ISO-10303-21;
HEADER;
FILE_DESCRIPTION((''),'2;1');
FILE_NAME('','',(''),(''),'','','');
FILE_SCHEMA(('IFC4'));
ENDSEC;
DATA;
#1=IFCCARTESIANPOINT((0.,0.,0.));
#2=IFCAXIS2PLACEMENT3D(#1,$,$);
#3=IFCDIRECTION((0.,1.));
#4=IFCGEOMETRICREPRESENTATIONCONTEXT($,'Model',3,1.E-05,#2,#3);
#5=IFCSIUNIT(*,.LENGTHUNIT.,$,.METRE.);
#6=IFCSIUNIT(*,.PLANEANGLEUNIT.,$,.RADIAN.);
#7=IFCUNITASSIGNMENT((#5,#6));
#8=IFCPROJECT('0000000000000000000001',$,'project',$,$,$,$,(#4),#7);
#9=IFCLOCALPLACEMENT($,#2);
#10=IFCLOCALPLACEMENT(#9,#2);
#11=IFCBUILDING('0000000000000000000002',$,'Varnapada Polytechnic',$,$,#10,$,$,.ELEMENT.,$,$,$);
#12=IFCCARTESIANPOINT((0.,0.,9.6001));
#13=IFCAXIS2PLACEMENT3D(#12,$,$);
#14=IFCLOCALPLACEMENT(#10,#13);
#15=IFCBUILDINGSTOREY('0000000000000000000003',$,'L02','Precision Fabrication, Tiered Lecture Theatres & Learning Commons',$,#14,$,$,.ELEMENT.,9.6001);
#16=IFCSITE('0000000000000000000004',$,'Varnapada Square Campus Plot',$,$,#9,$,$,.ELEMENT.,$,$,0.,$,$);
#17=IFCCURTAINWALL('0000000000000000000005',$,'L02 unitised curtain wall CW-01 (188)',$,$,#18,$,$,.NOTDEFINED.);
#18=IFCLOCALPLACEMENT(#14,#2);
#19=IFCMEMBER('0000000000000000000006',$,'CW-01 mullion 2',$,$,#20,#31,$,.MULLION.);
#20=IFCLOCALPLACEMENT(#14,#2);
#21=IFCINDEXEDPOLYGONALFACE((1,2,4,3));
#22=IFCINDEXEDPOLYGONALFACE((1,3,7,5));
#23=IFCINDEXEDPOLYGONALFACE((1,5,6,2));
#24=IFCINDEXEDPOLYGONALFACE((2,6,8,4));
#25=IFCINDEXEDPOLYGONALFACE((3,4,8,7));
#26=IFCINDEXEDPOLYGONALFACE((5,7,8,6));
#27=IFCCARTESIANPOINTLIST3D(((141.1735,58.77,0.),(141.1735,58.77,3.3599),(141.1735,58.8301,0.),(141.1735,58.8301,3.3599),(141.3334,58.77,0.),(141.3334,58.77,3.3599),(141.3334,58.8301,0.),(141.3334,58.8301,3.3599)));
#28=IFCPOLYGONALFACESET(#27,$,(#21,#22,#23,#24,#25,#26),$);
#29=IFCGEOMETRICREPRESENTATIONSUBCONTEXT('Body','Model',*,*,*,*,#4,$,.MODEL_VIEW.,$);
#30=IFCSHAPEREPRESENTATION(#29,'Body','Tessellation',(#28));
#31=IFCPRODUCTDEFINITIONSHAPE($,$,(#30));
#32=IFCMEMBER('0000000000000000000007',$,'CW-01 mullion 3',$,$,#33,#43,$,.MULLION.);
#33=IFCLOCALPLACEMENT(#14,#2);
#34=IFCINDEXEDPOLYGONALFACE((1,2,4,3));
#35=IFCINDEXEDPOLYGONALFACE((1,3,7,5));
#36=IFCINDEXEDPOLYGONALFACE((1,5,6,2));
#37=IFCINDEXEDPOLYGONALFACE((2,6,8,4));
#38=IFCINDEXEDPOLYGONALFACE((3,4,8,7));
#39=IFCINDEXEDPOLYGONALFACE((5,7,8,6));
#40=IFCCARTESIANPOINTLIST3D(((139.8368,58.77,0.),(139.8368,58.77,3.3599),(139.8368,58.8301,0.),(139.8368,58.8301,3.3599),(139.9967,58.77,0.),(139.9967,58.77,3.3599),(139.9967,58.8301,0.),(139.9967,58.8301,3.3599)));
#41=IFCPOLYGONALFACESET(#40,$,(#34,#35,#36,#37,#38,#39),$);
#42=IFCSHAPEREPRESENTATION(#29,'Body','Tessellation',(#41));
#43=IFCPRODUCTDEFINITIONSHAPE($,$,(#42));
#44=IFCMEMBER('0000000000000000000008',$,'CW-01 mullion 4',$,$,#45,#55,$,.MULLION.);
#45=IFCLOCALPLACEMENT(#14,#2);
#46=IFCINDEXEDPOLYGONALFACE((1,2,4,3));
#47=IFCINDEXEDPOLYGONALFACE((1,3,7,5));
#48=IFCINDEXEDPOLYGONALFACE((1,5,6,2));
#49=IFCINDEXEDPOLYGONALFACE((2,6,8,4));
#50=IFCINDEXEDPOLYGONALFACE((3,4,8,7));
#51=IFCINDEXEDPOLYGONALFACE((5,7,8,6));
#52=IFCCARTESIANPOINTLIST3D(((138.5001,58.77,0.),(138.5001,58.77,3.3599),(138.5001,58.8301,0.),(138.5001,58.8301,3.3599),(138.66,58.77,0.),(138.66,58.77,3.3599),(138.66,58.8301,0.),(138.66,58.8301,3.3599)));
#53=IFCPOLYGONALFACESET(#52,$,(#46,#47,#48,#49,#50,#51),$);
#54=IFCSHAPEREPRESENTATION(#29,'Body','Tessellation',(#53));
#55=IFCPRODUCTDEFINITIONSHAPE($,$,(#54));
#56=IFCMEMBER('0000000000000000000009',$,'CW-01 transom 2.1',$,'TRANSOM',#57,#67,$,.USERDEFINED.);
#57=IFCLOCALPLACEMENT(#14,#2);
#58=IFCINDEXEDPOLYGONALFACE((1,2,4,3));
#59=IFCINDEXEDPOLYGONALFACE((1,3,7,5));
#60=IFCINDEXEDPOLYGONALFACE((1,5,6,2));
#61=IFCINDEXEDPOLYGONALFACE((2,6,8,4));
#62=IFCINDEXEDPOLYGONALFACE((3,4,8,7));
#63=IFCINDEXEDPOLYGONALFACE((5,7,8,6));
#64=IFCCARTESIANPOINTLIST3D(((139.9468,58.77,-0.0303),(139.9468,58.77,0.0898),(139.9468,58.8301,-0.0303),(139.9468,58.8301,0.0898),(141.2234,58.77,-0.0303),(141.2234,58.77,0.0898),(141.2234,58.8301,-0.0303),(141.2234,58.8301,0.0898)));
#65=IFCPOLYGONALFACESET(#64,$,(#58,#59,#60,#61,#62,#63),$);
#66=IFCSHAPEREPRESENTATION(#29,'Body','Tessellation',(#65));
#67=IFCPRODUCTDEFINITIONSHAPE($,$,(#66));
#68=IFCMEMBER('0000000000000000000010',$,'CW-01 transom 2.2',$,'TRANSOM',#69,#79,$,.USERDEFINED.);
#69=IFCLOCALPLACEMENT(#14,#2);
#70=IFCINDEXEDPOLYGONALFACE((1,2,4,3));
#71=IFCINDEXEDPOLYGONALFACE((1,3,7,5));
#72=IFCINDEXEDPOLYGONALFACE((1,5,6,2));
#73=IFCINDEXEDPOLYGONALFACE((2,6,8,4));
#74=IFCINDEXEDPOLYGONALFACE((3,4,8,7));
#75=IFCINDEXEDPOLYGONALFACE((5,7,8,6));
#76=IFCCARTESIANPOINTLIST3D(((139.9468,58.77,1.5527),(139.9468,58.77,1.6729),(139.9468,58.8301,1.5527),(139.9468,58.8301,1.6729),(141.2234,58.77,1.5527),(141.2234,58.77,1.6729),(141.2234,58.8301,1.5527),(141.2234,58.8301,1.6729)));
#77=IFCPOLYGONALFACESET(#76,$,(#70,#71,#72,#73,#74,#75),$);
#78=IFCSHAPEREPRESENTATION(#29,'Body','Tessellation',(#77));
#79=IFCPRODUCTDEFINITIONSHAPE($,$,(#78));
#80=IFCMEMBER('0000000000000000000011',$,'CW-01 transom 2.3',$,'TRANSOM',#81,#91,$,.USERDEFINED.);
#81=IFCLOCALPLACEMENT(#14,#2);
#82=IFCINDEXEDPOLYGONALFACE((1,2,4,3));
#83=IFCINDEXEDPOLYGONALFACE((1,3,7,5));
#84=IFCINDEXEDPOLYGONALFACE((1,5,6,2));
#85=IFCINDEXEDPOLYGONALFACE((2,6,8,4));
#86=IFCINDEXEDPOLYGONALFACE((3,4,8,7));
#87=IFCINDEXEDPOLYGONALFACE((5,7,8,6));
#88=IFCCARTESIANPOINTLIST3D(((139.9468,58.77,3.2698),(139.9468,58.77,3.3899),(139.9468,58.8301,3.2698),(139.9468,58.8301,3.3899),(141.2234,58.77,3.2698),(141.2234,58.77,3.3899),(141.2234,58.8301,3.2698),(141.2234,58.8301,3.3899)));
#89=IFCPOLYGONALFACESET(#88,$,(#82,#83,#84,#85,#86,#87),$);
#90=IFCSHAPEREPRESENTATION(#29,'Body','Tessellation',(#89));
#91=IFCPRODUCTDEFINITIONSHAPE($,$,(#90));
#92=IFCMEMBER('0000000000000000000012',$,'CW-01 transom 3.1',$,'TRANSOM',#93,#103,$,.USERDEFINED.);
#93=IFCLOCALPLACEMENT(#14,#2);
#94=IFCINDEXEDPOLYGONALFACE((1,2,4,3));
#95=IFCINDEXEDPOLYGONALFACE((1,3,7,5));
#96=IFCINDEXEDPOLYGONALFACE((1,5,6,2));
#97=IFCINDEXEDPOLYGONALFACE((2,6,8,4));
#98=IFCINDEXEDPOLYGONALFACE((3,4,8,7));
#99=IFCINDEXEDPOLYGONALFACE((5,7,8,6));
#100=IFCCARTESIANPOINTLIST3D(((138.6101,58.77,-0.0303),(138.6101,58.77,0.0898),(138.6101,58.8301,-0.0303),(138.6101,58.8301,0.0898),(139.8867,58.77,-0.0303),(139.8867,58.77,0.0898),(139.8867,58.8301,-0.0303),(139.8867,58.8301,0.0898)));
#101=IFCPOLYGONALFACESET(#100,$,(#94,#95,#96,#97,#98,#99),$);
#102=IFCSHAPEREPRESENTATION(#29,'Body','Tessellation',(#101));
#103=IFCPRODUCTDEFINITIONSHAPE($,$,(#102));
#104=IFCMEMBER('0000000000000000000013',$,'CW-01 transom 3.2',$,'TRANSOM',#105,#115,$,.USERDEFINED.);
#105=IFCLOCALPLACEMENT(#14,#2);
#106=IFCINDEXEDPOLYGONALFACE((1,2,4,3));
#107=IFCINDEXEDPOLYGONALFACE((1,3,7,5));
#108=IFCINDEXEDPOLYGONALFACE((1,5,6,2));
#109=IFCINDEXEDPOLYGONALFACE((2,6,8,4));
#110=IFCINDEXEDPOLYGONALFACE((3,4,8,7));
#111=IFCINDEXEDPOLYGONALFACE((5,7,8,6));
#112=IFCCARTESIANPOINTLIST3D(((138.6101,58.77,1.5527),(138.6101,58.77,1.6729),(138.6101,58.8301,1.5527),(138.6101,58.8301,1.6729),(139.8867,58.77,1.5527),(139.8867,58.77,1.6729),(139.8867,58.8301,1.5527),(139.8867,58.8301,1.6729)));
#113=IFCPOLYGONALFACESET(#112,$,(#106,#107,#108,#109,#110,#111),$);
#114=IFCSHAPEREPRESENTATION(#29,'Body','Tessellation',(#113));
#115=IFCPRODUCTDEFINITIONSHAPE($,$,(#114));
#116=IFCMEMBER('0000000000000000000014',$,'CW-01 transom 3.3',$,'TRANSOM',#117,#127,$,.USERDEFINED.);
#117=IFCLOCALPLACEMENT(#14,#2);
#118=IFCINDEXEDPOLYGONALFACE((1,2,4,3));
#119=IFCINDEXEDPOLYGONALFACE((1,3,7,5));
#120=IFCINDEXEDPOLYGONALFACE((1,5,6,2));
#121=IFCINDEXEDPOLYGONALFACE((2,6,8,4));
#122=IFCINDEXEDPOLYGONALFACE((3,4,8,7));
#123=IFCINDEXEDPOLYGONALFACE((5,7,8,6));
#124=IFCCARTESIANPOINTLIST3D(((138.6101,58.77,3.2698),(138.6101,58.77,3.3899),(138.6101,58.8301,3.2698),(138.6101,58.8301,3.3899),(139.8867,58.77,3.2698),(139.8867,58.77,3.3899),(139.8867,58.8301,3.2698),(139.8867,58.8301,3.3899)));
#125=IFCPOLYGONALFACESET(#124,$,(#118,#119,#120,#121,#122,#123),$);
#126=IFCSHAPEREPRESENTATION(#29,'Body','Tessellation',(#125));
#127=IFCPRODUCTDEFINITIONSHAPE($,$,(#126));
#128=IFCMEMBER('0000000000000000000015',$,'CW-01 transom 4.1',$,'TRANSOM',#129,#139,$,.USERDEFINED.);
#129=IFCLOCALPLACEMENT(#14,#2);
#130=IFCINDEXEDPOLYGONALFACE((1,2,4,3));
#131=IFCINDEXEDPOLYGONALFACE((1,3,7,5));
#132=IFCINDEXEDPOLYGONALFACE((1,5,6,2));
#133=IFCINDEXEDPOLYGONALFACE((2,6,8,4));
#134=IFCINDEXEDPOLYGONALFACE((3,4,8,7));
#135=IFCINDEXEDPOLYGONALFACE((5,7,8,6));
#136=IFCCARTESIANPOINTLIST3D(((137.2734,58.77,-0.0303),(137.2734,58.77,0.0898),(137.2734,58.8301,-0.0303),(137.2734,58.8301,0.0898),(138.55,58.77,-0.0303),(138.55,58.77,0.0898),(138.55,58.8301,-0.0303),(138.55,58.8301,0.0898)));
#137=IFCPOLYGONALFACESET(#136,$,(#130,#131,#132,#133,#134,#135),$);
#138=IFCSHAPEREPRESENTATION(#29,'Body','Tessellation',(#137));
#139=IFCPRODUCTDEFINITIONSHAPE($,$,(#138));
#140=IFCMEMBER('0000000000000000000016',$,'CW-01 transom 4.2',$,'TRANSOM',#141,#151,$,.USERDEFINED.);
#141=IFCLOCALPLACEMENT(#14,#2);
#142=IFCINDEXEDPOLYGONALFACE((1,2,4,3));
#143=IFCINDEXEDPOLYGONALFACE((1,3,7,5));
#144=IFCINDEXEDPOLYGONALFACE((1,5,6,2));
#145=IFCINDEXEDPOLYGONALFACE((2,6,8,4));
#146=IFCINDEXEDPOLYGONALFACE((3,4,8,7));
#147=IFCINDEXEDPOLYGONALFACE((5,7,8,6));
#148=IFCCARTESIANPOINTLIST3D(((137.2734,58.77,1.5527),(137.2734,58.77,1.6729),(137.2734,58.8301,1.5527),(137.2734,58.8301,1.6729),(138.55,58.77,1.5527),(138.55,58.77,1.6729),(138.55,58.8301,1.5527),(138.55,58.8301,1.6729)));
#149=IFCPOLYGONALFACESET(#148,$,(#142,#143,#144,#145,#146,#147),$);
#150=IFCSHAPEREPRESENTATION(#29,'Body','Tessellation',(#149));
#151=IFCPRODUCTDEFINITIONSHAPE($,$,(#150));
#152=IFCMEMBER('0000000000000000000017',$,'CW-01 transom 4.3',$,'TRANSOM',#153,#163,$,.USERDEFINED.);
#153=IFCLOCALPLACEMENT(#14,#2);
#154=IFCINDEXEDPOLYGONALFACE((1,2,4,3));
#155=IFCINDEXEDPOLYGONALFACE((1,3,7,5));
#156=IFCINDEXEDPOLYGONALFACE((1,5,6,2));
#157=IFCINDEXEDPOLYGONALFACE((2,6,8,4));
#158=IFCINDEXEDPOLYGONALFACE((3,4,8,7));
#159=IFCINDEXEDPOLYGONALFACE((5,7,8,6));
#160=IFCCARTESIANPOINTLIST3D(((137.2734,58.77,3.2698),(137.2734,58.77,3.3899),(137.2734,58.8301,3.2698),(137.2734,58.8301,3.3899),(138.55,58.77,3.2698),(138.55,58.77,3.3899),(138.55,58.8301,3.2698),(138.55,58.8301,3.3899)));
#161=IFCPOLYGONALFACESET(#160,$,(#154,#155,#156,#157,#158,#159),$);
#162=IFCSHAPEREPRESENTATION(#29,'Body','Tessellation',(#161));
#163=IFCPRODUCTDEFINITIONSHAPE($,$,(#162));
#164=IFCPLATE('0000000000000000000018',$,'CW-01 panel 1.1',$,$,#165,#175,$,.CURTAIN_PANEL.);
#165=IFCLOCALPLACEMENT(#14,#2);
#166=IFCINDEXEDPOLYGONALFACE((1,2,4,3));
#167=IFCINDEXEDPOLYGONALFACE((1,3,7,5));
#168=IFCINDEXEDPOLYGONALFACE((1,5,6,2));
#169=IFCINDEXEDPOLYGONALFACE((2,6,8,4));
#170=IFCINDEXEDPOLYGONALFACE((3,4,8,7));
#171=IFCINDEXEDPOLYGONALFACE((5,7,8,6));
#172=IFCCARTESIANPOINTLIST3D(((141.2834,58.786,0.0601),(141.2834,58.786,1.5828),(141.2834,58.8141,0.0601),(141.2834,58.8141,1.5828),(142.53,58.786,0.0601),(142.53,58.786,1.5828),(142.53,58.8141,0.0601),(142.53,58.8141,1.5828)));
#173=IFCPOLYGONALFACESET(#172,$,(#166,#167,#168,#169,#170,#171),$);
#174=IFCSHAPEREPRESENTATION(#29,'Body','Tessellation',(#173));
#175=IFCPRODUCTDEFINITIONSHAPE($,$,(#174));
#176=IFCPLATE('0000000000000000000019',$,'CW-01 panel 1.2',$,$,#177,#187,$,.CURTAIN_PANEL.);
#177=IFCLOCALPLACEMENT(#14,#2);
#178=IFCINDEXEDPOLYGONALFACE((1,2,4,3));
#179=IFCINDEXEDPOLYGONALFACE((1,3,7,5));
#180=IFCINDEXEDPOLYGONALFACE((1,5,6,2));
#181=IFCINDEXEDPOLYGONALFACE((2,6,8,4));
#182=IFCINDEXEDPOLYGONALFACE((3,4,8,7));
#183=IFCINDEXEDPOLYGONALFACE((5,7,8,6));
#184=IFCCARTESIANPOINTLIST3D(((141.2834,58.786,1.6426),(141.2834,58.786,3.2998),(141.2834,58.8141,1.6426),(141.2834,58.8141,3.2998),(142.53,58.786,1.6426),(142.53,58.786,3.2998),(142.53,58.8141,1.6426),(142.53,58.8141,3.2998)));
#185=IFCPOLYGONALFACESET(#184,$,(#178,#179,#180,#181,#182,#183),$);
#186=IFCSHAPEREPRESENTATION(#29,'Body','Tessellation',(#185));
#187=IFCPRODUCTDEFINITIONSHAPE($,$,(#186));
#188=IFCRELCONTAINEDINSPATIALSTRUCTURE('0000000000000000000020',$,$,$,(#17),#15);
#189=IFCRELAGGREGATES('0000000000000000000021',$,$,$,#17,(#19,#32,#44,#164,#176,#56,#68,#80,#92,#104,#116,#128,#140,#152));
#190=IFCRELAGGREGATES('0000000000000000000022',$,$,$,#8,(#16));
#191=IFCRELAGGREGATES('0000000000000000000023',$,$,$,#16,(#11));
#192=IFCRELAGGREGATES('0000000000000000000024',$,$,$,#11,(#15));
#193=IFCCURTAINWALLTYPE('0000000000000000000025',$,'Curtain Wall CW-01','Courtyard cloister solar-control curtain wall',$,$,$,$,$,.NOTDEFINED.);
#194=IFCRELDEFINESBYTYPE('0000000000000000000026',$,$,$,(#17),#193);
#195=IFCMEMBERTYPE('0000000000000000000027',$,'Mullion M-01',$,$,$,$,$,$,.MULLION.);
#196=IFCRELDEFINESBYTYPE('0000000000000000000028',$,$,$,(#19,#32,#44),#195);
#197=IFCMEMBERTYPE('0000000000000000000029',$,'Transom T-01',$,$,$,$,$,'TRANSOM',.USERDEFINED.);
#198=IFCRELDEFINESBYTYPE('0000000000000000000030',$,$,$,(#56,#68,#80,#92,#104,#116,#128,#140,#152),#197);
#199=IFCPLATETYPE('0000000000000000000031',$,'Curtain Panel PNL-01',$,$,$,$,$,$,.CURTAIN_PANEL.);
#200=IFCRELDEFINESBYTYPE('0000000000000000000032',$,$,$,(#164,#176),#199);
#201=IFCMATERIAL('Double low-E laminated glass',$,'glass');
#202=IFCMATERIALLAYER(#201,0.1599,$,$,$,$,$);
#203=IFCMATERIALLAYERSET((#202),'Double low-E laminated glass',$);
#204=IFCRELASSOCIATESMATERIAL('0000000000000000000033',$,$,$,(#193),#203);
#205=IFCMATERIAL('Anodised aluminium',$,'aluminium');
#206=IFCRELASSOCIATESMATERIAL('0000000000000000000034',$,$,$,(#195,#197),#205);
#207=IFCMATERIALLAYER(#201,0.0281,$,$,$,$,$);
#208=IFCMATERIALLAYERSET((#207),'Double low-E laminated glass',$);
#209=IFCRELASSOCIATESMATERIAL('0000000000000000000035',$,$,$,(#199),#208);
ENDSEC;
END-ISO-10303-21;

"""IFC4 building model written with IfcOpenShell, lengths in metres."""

from ifc_helpers import new_model, si_unit, direction, frame, origin, origin_2d, place, context, subcontext, project, spatial, rectangle, extrude, material, layer, layer_set, material_profile, profile_set, type_object, element, aggregate, save


model = new_model("IFC4")

# Units and contexts
model_context = context("Model", 3, precision=1e-05, world=origin(), true_north=direction((0.0, 1.0)))
body_context = subcontext(model_context, "Body", "Model", "MODEL_VIEW")
ifc_project = project(units=[si_unit("LENGTHUNIT", "METRE"), si_unit("PLANEANGLEUNIT", "RADIAN")], contexts=[model_context])

# Site, building, storey
site_placement = place(None, origin())
site = spatial("IfcSite", under=ifc_project, at=site_placement, Name="Varnapada Square Campus Plot", CompositionType="ELEMENT", RefElevation=0.0)
building_placement = place(site_placement, origin())
building = spatial("IfcBuilding", under=site, at=building_placement, Name="Varnapada Polytechnic", CompositionType="ELEMENT")
storey_placement = place(building_placement, frame((0.0, 0.0, 9.6001)))
storey = spatial("IfcBuildingStorey", under=building, at=storey_placement, Name="L02", Description="Precision Fabrication, Tiered Lecture Theatres & Learning Commons", CompositionType="ELEMENT", Elevation=9.6001)

# Curtain wall, members, plates
ifc_material_1 = material(Name="Double low-E laminated glass", Category="glass")
ifc_layer_1 = layer(ifc_material_1, 0.1599)
ifc_layer_set_1 = layer_set([ifc_layer_1], Name="Double low-E laminated glass")
curtain_wall_type = type_object("IfcCurtainWallType", Name="Curtain Wall CW-01", Description="Courtyard cloister solar-control curtain wall", PredefinedType="NOTDEFINED", material=ifc_layer_set_1)
curtain_wall_placement = place(storey_placement, origin())
curtain_wall = element("IfcCurtainWall", 1, at=curtain_wall_placement, inside=storey, type_object=curtain_wall_type, Name="L02 unitised curtain wall CW-01 (188)", PredefinedType="NOTDEFINED")
ifc_material_2 = material(Name="Anodised aluminium", Category="aluminium")
ifc_material_profile_1 = material_profile(ifc_material_2, rectangle(XDim=0.0601, YDim=0.1599, at=origin_2d()), Name="ALU M60x160")
ifc_profile_set_1 = profile_set([ifc_material_profile_1], Name="Anodised aluminium")
member_type_1 = type_object("IfcMemberType", Name="Mullion M-01", PredefinedType="MULLION", material=ifc_profile_set_1)
member_1_placement = place(storey_placement, frame((141.2534, 58.8, 0.0), z_axis=(0.0, 0.0, 1.0), x_axis=(0.0, -1.0, 0.0)))
member_1 = element("IfcMember", 2, at=member_1_placement, type_object=member_type_1, Name="CW-01 mullion 2", PredefinedType="MULLION", context=body_context, shape_type="SweptSolid", body=[
    extrude(rectangle(XDim=0.0601, YDim=0.1599, at=origin_2d()), origin(), (0.0, 0.0, 1.0), 3.3599),
])
member_2_placement = place(storey_placement, frame((139.9167, 58.8, 0.0), z_axis=(0.0, 0.0, 1.0), x_axis=(0.0, -1.0, 0.0)))
member_2 = element("IfcMember", 3, at=member_2_placement, type_object=member_type_1, Name="CW-01 mullion 3", PredefinedType="MULLION", context=body_context, shape_type="SweptSolid", body=[
    extrude(rectangle(XDim=0.0601, YDim=0.1599, at=origin_2d()), origin(), (0.0, 0.0, 1.0), 3.3599),
])
member_3_placement = place(storey_placement, frame((138.5801, 58.8, 0.0), z_axis=(0.0, 0.0, 1.0), x_axis=(0.0, -1.0, 0.0)))
member_3 = element("IfcMember", 4, at=member_3_placement, type_object=member_type_1, Name="CW-01 mullion 4", PredefinedType="MULLION", context=body_context, shape_type="SweptSolid", body=[
    extrude(rectangle(XDim=0.0601, YDim=0.1599, at=origin_2d()), origin(), (0.0, 0.0, 1.0), 3.3599),
])
ifc_material_profile_2 = material_profile(ifc_material_2, rectangle(XDim=0.0601, YDim=0.1201, at=origin_2d()), Name="ALU T60x120")
ifc_profile_set_2 = profile_set([ifc_material_profile_2], Name="Anodised aluminium")
member_type_2 = type_object("IfcMemberType", Name="Transom T-01", ElementType="TRANSOM", PredefinedType="USERDEFINED", material=ifc_profile_set_2)
member_4_placement = place(storey_placement, frame((141.2234, 58.8, 0.0298), z_axis=(-1.0, 0.0, 0.0), x_axis=(0.0, -1.0, 0.0)))
member_4 = element("IfcMember", 5, at=member_4_placement, type_object=member_type_2, Name="CW-01 transom 2.1", ObjectType="TRANSOM", PredefinedType="USERDEFINED", context=body_context, shape_type="SweptSolid", body=[
    extrude(rectangle(XDim=0.0601, YDim=0.1201, at=origin_2d()), origin(), (0.0, 0.0, 1.0), 1.2766),
])
member_5_placement = place(storey_placement, frame((141.2234, 58.8, 1.6128), z_axis=(-1.0, 0.0, 0.0), x_axis=(0.0, -1.0, 0.0)))
member_5 = element("IfcMember", 6, at=member_5_placement, type_object=member_type_2, Name="CW-01 transom 2.2", ObjectType="TRANSOM", PredefinedType="USERDEFINED", context=body_context, shape_type="SweptSolid", body=[
    extrude(rectangle(XDim=0.0601, YDim=0.1201, at=origin_2d()), origin(), (0.0, 0.0, 1.0), 1.2766),
])
member_6_placement = place(storey_placement, frame((141.2234, 58.8, 3.3298), z_axis=(-1.0, 0.0, 0.0), x_axis=(0.0, -1.0, 0.0)))
member_6 = element("IfcMember", 7, at=member_6_placement, type_object=member_type_2, Name="CW-01 transom 2.3", ObjectType="TRANSOM", PredefinedType="USERDEFINED", context=body_context, shape_type="SweptSolid", body=[
    extrude(rectangle(XDim=0.0601, YDim=0.1201, at=origin_2d()), origin(), (0.0, 0.0, 1.0), 1.2766),
])
member_7_placement = place(storey_placement, frame((139.8867, 58.8, 0.0298), z_axis=(-1.0, 0.0, 0.0), x_axis=(0.0, -1.0, 0.0)))
member_7 = element("IfcMember", 8, at=member_7_placement, type_object=member_type_2, Name="CW-01 transom 3.1", ObjectType="TRANSOM", PredefinedType="USERDEFINED", context=body_context, shape_type="SweptSolid", body=[
    extrude(rectangle(XDim=0.0601, YDim=0.1201, at=origin_2d()), origin(), (0.0, 0.0, 1.0), 1.2766),
])
member_8_placement = place(storey_placement, frame((139.8867, 58.8, 1.6128), z_axis=(-1.0, 0.0, 0.0), x_axis=(0.0, -1.0, 0.0)))
member_8 = element("IfcMember", 9, at=member_8_placement, type_object=member_type_2, Name="CW-01 transom 3.2", ObjectType="TRANSOM", PredefinedType="USERDEFINED", context=body_context, shape_type="SweptSolid", body=[
    extrude(rectangle(XDim=0.0601, YDim=0.1201, at=origin_2d()), origin(), (0.0, 0.0, 1.0), 1.2766),
])
member_9_placement = place(storey_placement, frame((139.8867, 58.8, 3.3298), z_axis=(-1.0, 0.0, 0.0), x_axis=(0.0, -1.0, 0.0)))
member_9 = element("IfcMember", 10, at=member_9_placement, type_object=member_type_2, Name="CW-01 transom 3.3", ObjectType="TRANSOM", PredefinedType="USERDEFINED", context=body_context, shape_type="SweptSolid", body=[
    extrude(rectangle(XDim=0.0601, YDim=0.1201, at=origin_2d()), origin(), (0.0, 0.0, 1.0), 1.2766),
])
member_10_placement = place(storey_placement, frame((138.55, 58.8, 0.0298), z_axis=(-1.0, 0.0, 0.0), x_axis=(0.0, -1.0, 0.0)))
member_10 = element("IfcMember", 11, at=member_10_placement, type_object=member_type_2, Name="CW-01 transom 4.1", ObjectType="TRANSOM", PredefinedType="USERDEFINED", context=body_context, shape_type="SweptSolid", body=[
    extrude(rectangle(XDim=0.0601, YDim=0.1201, at=origin_2d()), origin(), (0.0, 0.0, 1.0), 1.2766),
])
member_11_placement = place(storey_placement, frame((138.55, 58.8, 1.6128), z_axis=(-1.0, 0.0, 0.0), x_axis=(0.0, -1.0, 0.0)))
member_11 = element("IfcMember", 12, at=member_11_placement, type_object=member_type_2, Name="CW-01 transom 4.2", ObjectType="TRANSOM", PredefinedType="USERDEFINED", context=body_context, shape_type="SweptSolid", body=[
    extrude(rectangle(XDim=0.0601, YDim=0.1201, at=origin_2d()), origin(), (0.0, 0.0, 1.0), 1.2766),
])
member_12_placement = place(storey_placement, frame((138.55, 58.8, 3.3298), z_axis=(-1.0, 0.0, 0.0), x_axis=(0.0, -1.0, 0.0)))
member_12 = element("IfcMember", 13, at=member_12_placement, type_object=member_type_2, Name="CW-01 transom 4.3", ObjectType="TRANSOM", PredefinedType="USERDEFINED", context=body_context, shape_type="SweptSolid", body=[
    extrude(rectangle(XDim=0.0601, YDim=0.1201, at=origin_2d()), origin(), (0.0, 0.0, 1.0), 1.2766),
])
ifc_layer_2 = layer(ifc_material_1, 0.0281)
ifc_layer_set_2 = layer_set([ifc_layer_2], Name="Double low-E laminated glass")
plate_type = type_object("IfcPlateType", Name="Curtain Panel PNL-01", PredefinedType="CURTAIN_PANEL", material=ifc_layer_set_2)
plate_1_placement = place(storey_placement, frame((141.9067, 58.8, 0.0601), z_axis=(0.0, 0.0, 1.0), x_axis=(-1.0, 0.0, 0.0)))
plate_1 = element("IfcPlate", 14, at=plate_1_placement, type_object=plate_type, Name="CW-01 panel 1.1", PredefinedType="CURTAIN_PANEL", context=body_context, shape_type="SweptSolid", body=[
    extrude(rectangle(XDim=1.2466, YDim=0.0281, at=origin_2d()), origin(), (0.0, 0.0, 1.0), 1.5227),
])
plate_2_placement = place(storey_placement, frame((141.9067, 58.8, 1.6426), z_axis=(0.0, 0.0, 1.0), x_axis=(-1.0, 0.0, 0.0)))
plate_2 = element("IfcPlate", 15, at=plate_2_placement, type_object=plate_type, Name="CW-01 panel 1.2", PredefinedType="CURTAIN_PANEL", context=body_context, shape_type="SweptSolid", body=[
    extrude(rectangle(XDim=1.2466, YDim=0.0281, at=origin_2d()), origin(), (0.0, 0.0, 1.0), 1.6572),
])
aggregate(curtain_wall, [member_1, member_2, member_3, plate_1, plate_2, member_4, member_5, member_6, member_7, member_8, member_9, member_10, member_11, member_12])

save(model, "model.ifc")
